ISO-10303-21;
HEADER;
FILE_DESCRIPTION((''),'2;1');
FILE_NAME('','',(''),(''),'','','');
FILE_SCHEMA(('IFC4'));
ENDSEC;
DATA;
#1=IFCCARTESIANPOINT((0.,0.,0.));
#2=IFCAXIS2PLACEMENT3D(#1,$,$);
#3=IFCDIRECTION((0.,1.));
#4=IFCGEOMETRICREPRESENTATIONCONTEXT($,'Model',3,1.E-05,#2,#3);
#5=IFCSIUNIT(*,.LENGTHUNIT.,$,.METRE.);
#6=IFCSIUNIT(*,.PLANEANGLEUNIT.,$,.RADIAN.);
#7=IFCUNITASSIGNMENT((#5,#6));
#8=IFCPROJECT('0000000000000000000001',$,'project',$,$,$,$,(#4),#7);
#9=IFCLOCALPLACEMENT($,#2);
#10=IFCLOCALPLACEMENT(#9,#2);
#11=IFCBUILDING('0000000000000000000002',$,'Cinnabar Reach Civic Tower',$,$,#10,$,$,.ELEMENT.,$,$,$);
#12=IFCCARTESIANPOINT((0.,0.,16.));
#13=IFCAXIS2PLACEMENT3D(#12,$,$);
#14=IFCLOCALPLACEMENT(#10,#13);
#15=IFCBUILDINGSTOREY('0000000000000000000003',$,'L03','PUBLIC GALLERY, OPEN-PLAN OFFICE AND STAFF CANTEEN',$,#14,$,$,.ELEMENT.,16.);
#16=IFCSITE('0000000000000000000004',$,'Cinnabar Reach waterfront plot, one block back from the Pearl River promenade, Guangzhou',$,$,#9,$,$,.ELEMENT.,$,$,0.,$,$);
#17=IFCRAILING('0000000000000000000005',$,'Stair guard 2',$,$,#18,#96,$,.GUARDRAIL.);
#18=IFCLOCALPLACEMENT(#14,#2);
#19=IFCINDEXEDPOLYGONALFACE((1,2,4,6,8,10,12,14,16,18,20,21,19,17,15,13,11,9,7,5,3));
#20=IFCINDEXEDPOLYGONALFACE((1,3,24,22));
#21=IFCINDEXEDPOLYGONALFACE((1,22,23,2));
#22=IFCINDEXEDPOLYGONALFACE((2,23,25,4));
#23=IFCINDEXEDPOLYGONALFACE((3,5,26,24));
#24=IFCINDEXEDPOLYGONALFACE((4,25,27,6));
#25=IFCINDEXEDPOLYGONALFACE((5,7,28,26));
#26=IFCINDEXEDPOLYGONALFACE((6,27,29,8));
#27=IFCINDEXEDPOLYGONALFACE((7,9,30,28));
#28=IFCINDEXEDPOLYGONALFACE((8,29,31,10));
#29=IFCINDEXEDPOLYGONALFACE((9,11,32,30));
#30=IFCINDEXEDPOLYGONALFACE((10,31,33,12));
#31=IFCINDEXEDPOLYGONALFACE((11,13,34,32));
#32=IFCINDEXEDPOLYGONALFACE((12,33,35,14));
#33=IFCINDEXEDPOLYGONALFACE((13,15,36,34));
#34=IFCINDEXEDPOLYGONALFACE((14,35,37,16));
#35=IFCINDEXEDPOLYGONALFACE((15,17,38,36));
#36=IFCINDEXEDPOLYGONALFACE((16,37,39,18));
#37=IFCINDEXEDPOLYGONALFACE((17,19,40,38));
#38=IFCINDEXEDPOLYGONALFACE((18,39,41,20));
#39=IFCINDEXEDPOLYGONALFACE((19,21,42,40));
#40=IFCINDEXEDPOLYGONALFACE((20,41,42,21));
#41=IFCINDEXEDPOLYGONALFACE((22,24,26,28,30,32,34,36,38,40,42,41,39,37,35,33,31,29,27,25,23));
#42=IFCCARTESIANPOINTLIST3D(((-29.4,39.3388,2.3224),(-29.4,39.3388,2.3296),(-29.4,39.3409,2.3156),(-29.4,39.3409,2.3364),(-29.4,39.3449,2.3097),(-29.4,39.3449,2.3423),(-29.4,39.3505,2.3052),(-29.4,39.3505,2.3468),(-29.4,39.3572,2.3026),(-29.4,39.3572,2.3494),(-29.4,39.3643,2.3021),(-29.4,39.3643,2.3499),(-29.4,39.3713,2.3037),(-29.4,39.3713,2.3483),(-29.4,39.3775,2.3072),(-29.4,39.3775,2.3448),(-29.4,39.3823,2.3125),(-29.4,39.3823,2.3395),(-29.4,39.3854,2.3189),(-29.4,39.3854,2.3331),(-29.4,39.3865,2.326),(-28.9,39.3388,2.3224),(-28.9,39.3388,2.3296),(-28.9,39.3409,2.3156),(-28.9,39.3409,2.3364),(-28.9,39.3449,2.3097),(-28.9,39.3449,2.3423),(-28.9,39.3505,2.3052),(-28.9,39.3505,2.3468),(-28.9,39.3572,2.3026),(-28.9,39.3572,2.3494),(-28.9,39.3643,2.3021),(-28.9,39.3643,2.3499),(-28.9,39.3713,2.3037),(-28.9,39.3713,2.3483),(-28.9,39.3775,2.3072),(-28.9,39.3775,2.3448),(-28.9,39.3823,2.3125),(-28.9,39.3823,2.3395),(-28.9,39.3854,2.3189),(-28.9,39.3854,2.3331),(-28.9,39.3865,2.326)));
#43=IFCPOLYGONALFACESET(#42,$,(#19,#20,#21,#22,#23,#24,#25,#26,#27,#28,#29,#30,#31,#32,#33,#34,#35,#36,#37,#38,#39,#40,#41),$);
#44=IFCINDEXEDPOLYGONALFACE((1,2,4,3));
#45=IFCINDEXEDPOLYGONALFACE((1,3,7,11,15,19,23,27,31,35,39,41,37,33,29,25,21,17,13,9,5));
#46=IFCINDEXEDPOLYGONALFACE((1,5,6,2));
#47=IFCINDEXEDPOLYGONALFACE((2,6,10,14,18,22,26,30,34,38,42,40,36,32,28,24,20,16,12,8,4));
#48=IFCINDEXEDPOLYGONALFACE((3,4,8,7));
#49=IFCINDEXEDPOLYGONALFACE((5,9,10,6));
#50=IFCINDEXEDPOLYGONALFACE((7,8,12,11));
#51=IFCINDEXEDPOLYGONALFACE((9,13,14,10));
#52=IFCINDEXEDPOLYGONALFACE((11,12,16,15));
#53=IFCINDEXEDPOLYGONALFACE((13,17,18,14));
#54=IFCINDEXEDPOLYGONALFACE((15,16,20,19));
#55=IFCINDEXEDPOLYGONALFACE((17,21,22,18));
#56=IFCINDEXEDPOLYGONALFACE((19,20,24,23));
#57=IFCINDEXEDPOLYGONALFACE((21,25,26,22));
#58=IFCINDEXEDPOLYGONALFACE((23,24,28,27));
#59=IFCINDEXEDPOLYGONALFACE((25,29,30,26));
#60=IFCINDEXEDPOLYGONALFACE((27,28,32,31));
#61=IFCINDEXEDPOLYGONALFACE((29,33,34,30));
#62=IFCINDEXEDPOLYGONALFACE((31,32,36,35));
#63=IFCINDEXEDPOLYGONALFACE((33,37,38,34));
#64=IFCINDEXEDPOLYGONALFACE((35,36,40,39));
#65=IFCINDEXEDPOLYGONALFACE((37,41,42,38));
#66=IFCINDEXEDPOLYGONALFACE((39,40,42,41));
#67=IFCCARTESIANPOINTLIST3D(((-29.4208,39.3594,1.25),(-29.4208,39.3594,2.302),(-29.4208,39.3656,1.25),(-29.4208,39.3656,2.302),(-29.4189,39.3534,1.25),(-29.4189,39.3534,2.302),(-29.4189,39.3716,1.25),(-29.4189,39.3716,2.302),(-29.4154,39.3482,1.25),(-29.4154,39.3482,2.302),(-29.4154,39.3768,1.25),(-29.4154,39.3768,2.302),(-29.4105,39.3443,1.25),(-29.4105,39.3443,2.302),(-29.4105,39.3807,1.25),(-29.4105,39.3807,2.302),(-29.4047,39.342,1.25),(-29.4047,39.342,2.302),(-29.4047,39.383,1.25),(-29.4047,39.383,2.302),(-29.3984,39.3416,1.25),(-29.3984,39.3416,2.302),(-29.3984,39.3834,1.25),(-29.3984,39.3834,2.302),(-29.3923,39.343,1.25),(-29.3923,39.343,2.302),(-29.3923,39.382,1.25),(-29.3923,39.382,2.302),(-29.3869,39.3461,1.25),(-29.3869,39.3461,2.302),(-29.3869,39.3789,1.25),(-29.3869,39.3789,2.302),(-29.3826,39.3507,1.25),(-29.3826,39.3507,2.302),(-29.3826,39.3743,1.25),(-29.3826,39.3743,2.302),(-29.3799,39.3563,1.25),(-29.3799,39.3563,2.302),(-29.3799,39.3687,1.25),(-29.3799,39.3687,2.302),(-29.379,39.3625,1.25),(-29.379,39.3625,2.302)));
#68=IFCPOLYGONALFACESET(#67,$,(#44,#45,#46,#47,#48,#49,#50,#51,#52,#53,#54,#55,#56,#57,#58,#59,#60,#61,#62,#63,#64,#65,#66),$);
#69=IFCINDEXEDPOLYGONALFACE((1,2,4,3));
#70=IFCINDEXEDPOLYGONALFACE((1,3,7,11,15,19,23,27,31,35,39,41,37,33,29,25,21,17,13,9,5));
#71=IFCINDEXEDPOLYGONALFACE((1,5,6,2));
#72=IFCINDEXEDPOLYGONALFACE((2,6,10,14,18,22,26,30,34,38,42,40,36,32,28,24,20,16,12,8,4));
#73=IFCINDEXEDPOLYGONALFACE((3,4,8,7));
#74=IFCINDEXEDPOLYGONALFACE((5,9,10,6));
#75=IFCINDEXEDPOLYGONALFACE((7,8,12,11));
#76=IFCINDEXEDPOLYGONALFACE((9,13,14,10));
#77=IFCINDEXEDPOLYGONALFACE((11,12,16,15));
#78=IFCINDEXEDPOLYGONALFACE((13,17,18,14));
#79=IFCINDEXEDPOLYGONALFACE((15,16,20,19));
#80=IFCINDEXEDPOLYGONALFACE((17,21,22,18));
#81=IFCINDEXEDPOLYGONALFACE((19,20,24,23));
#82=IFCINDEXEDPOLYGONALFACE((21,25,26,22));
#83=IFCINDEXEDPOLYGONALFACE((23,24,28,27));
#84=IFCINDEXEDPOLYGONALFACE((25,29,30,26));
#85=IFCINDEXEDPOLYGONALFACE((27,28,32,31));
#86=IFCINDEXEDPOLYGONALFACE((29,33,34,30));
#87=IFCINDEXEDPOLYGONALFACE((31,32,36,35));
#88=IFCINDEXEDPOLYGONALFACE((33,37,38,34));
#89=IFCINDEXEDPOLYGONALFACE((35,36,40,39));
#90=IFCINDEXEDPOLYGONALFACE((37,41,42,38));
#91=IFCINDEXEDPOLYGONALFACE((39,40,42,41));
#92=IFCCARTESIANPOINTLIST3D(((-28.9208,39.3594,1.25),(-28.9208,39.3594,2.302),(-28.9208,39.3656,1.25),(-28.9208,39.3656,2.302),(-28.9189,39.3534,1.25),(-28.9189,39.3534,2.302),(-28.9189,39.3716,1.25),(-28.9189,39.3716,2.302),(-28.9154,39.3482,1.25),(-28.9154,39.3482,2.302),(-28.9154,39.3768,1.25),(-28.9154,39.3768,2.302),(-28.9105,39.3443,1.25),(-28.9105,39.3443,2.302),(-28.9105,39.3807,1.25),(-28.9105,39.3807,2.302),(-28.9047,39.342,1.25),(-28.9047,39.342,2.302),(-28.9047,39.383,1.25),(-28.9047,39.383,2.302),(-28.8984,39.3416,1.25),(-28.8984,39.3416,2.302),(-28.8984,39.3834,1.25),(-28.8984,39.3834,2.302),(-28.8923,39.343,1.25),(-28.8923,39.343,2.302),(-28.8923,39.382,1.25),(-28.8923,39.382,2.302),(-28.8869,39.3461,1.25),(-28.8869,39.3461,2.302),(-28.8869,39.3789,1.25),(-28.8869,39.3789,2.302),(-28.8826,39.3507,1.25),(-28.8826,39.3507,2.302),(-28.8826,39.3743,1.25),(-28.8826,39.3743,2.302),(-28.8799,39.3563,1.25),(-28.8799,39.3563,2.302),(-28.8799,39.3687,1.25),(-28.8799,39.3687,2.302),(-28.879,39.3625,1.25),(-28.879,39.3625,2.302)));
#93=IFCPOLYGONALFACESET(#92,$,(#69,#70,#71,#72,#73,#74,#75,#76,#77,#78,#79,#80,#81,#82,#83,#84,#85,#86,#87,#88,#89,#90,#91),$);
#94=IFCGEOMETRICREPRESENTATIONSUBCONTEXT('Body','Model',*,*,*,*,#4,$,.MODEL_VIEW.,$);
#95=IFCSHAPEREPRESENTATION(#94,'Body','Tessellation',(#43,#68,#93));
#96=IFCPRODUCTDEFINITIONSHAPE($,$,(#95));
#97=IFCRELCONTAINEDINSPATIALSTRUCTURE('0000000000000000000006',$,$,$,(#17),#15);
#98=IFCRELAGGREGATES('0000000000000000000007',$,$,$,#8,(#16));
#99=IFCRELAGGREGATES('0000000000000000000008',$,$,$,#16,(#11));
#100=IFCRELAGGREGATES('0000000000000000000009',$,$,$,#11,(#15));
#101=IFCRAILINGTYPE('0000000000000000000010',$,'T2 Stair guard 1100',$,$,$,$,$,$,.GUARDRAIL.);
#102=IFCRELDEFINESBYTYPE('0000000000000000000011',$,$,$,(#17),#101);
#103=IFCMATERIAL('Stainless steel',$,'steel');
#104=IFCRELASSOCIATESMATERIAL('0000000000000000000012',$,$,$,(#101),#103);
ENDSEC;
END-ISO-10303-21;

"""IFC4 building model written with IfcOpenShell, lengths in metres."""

from ifc_helpers import new_model, si_unit, direction, frame, origin, origin_2d, place, context, subcontext, project, spatial, circle, extrude, material, type_object, element, save


model = new_model("IFC4")

# Units and contexts
model_context = context("Model", 3, precision=1e-05, world=origin(), true_north=direction((0.0, 1.0)))
body_context = subcontext(model_context, "Body", "Model", "MODEL_VIEW")
ifc_project = project(units=[si_unit("LENGTHUNIT", "METRE"), si_unit("PLANEANGLEUNIT", "RADIAN")], contexts=[model_context])

# Site, building, storey
site_placement = place(None, origin())
site = spatial("IfcSite", under=ifc_project, at=site_placement, Name="Cinnabar Reach waterfront plot, one block back from the Pearl River promenade, Guangzhou", CompositionType="ELEMENT", RefElevation=0.0)
building_placement = place(site_placement, origin())
building = spatial("IfcBuilding", under=site, at=building_placement, Name="Cinnabar Reach Civic Tower", CompositionType="ELEMENT")
storey_placement = place(building_placement, frame((0.0, 0.0, 16.0)))
storey = spatial("IfcBuildingStorey", under=building, at=storey_placement, Name="L03", Description="PUBLIC GALLERY, OPEN-PLAN OFFICE AND STAFF CANTEEN", CompositionType="ELEMENT", Elevation=16.0)

# Railing
ifc_material_1 = material(Name="Stainless steel", Category="steel")
railing_type = type_object("IfcRailingType", Name="T2 Stair guard 1100", PredefinedType="GUARDRAIL", material=ifc_material_1)
railing_1_placement = place(storey_placement, frame((-29.4, 39.3625, 1.25)))
element("IfcRailing", 1, at=railing_1_placement, inside=storey, type_object=railing_type, Name="Stair guard 2", PredefinedType="GUARDRAIL", context=body_context, shape_type="SweptSolid", body=[
    extrude(circle(Radius=0.024, at=origin_2d()), frame((0.0, 0.0, 1.076), z_axis=(1.0, 0.0, 0.0), x_axis=(0.0, 1.0, 0.0)), (0.0, 0.0, 1.0), 0.5),
    extrude(circle(Radius=0.021, at=origin_2d()), origin(), (0.0, 0.0, 1.0), 1.052),
    extrude(circle(Radius=0.021, at=origin_2d()), frame((0.5, 0.0, 0.0)), (0.0, 0.0, 1.0), 1.052),
])

save(model, "model.ifc")
